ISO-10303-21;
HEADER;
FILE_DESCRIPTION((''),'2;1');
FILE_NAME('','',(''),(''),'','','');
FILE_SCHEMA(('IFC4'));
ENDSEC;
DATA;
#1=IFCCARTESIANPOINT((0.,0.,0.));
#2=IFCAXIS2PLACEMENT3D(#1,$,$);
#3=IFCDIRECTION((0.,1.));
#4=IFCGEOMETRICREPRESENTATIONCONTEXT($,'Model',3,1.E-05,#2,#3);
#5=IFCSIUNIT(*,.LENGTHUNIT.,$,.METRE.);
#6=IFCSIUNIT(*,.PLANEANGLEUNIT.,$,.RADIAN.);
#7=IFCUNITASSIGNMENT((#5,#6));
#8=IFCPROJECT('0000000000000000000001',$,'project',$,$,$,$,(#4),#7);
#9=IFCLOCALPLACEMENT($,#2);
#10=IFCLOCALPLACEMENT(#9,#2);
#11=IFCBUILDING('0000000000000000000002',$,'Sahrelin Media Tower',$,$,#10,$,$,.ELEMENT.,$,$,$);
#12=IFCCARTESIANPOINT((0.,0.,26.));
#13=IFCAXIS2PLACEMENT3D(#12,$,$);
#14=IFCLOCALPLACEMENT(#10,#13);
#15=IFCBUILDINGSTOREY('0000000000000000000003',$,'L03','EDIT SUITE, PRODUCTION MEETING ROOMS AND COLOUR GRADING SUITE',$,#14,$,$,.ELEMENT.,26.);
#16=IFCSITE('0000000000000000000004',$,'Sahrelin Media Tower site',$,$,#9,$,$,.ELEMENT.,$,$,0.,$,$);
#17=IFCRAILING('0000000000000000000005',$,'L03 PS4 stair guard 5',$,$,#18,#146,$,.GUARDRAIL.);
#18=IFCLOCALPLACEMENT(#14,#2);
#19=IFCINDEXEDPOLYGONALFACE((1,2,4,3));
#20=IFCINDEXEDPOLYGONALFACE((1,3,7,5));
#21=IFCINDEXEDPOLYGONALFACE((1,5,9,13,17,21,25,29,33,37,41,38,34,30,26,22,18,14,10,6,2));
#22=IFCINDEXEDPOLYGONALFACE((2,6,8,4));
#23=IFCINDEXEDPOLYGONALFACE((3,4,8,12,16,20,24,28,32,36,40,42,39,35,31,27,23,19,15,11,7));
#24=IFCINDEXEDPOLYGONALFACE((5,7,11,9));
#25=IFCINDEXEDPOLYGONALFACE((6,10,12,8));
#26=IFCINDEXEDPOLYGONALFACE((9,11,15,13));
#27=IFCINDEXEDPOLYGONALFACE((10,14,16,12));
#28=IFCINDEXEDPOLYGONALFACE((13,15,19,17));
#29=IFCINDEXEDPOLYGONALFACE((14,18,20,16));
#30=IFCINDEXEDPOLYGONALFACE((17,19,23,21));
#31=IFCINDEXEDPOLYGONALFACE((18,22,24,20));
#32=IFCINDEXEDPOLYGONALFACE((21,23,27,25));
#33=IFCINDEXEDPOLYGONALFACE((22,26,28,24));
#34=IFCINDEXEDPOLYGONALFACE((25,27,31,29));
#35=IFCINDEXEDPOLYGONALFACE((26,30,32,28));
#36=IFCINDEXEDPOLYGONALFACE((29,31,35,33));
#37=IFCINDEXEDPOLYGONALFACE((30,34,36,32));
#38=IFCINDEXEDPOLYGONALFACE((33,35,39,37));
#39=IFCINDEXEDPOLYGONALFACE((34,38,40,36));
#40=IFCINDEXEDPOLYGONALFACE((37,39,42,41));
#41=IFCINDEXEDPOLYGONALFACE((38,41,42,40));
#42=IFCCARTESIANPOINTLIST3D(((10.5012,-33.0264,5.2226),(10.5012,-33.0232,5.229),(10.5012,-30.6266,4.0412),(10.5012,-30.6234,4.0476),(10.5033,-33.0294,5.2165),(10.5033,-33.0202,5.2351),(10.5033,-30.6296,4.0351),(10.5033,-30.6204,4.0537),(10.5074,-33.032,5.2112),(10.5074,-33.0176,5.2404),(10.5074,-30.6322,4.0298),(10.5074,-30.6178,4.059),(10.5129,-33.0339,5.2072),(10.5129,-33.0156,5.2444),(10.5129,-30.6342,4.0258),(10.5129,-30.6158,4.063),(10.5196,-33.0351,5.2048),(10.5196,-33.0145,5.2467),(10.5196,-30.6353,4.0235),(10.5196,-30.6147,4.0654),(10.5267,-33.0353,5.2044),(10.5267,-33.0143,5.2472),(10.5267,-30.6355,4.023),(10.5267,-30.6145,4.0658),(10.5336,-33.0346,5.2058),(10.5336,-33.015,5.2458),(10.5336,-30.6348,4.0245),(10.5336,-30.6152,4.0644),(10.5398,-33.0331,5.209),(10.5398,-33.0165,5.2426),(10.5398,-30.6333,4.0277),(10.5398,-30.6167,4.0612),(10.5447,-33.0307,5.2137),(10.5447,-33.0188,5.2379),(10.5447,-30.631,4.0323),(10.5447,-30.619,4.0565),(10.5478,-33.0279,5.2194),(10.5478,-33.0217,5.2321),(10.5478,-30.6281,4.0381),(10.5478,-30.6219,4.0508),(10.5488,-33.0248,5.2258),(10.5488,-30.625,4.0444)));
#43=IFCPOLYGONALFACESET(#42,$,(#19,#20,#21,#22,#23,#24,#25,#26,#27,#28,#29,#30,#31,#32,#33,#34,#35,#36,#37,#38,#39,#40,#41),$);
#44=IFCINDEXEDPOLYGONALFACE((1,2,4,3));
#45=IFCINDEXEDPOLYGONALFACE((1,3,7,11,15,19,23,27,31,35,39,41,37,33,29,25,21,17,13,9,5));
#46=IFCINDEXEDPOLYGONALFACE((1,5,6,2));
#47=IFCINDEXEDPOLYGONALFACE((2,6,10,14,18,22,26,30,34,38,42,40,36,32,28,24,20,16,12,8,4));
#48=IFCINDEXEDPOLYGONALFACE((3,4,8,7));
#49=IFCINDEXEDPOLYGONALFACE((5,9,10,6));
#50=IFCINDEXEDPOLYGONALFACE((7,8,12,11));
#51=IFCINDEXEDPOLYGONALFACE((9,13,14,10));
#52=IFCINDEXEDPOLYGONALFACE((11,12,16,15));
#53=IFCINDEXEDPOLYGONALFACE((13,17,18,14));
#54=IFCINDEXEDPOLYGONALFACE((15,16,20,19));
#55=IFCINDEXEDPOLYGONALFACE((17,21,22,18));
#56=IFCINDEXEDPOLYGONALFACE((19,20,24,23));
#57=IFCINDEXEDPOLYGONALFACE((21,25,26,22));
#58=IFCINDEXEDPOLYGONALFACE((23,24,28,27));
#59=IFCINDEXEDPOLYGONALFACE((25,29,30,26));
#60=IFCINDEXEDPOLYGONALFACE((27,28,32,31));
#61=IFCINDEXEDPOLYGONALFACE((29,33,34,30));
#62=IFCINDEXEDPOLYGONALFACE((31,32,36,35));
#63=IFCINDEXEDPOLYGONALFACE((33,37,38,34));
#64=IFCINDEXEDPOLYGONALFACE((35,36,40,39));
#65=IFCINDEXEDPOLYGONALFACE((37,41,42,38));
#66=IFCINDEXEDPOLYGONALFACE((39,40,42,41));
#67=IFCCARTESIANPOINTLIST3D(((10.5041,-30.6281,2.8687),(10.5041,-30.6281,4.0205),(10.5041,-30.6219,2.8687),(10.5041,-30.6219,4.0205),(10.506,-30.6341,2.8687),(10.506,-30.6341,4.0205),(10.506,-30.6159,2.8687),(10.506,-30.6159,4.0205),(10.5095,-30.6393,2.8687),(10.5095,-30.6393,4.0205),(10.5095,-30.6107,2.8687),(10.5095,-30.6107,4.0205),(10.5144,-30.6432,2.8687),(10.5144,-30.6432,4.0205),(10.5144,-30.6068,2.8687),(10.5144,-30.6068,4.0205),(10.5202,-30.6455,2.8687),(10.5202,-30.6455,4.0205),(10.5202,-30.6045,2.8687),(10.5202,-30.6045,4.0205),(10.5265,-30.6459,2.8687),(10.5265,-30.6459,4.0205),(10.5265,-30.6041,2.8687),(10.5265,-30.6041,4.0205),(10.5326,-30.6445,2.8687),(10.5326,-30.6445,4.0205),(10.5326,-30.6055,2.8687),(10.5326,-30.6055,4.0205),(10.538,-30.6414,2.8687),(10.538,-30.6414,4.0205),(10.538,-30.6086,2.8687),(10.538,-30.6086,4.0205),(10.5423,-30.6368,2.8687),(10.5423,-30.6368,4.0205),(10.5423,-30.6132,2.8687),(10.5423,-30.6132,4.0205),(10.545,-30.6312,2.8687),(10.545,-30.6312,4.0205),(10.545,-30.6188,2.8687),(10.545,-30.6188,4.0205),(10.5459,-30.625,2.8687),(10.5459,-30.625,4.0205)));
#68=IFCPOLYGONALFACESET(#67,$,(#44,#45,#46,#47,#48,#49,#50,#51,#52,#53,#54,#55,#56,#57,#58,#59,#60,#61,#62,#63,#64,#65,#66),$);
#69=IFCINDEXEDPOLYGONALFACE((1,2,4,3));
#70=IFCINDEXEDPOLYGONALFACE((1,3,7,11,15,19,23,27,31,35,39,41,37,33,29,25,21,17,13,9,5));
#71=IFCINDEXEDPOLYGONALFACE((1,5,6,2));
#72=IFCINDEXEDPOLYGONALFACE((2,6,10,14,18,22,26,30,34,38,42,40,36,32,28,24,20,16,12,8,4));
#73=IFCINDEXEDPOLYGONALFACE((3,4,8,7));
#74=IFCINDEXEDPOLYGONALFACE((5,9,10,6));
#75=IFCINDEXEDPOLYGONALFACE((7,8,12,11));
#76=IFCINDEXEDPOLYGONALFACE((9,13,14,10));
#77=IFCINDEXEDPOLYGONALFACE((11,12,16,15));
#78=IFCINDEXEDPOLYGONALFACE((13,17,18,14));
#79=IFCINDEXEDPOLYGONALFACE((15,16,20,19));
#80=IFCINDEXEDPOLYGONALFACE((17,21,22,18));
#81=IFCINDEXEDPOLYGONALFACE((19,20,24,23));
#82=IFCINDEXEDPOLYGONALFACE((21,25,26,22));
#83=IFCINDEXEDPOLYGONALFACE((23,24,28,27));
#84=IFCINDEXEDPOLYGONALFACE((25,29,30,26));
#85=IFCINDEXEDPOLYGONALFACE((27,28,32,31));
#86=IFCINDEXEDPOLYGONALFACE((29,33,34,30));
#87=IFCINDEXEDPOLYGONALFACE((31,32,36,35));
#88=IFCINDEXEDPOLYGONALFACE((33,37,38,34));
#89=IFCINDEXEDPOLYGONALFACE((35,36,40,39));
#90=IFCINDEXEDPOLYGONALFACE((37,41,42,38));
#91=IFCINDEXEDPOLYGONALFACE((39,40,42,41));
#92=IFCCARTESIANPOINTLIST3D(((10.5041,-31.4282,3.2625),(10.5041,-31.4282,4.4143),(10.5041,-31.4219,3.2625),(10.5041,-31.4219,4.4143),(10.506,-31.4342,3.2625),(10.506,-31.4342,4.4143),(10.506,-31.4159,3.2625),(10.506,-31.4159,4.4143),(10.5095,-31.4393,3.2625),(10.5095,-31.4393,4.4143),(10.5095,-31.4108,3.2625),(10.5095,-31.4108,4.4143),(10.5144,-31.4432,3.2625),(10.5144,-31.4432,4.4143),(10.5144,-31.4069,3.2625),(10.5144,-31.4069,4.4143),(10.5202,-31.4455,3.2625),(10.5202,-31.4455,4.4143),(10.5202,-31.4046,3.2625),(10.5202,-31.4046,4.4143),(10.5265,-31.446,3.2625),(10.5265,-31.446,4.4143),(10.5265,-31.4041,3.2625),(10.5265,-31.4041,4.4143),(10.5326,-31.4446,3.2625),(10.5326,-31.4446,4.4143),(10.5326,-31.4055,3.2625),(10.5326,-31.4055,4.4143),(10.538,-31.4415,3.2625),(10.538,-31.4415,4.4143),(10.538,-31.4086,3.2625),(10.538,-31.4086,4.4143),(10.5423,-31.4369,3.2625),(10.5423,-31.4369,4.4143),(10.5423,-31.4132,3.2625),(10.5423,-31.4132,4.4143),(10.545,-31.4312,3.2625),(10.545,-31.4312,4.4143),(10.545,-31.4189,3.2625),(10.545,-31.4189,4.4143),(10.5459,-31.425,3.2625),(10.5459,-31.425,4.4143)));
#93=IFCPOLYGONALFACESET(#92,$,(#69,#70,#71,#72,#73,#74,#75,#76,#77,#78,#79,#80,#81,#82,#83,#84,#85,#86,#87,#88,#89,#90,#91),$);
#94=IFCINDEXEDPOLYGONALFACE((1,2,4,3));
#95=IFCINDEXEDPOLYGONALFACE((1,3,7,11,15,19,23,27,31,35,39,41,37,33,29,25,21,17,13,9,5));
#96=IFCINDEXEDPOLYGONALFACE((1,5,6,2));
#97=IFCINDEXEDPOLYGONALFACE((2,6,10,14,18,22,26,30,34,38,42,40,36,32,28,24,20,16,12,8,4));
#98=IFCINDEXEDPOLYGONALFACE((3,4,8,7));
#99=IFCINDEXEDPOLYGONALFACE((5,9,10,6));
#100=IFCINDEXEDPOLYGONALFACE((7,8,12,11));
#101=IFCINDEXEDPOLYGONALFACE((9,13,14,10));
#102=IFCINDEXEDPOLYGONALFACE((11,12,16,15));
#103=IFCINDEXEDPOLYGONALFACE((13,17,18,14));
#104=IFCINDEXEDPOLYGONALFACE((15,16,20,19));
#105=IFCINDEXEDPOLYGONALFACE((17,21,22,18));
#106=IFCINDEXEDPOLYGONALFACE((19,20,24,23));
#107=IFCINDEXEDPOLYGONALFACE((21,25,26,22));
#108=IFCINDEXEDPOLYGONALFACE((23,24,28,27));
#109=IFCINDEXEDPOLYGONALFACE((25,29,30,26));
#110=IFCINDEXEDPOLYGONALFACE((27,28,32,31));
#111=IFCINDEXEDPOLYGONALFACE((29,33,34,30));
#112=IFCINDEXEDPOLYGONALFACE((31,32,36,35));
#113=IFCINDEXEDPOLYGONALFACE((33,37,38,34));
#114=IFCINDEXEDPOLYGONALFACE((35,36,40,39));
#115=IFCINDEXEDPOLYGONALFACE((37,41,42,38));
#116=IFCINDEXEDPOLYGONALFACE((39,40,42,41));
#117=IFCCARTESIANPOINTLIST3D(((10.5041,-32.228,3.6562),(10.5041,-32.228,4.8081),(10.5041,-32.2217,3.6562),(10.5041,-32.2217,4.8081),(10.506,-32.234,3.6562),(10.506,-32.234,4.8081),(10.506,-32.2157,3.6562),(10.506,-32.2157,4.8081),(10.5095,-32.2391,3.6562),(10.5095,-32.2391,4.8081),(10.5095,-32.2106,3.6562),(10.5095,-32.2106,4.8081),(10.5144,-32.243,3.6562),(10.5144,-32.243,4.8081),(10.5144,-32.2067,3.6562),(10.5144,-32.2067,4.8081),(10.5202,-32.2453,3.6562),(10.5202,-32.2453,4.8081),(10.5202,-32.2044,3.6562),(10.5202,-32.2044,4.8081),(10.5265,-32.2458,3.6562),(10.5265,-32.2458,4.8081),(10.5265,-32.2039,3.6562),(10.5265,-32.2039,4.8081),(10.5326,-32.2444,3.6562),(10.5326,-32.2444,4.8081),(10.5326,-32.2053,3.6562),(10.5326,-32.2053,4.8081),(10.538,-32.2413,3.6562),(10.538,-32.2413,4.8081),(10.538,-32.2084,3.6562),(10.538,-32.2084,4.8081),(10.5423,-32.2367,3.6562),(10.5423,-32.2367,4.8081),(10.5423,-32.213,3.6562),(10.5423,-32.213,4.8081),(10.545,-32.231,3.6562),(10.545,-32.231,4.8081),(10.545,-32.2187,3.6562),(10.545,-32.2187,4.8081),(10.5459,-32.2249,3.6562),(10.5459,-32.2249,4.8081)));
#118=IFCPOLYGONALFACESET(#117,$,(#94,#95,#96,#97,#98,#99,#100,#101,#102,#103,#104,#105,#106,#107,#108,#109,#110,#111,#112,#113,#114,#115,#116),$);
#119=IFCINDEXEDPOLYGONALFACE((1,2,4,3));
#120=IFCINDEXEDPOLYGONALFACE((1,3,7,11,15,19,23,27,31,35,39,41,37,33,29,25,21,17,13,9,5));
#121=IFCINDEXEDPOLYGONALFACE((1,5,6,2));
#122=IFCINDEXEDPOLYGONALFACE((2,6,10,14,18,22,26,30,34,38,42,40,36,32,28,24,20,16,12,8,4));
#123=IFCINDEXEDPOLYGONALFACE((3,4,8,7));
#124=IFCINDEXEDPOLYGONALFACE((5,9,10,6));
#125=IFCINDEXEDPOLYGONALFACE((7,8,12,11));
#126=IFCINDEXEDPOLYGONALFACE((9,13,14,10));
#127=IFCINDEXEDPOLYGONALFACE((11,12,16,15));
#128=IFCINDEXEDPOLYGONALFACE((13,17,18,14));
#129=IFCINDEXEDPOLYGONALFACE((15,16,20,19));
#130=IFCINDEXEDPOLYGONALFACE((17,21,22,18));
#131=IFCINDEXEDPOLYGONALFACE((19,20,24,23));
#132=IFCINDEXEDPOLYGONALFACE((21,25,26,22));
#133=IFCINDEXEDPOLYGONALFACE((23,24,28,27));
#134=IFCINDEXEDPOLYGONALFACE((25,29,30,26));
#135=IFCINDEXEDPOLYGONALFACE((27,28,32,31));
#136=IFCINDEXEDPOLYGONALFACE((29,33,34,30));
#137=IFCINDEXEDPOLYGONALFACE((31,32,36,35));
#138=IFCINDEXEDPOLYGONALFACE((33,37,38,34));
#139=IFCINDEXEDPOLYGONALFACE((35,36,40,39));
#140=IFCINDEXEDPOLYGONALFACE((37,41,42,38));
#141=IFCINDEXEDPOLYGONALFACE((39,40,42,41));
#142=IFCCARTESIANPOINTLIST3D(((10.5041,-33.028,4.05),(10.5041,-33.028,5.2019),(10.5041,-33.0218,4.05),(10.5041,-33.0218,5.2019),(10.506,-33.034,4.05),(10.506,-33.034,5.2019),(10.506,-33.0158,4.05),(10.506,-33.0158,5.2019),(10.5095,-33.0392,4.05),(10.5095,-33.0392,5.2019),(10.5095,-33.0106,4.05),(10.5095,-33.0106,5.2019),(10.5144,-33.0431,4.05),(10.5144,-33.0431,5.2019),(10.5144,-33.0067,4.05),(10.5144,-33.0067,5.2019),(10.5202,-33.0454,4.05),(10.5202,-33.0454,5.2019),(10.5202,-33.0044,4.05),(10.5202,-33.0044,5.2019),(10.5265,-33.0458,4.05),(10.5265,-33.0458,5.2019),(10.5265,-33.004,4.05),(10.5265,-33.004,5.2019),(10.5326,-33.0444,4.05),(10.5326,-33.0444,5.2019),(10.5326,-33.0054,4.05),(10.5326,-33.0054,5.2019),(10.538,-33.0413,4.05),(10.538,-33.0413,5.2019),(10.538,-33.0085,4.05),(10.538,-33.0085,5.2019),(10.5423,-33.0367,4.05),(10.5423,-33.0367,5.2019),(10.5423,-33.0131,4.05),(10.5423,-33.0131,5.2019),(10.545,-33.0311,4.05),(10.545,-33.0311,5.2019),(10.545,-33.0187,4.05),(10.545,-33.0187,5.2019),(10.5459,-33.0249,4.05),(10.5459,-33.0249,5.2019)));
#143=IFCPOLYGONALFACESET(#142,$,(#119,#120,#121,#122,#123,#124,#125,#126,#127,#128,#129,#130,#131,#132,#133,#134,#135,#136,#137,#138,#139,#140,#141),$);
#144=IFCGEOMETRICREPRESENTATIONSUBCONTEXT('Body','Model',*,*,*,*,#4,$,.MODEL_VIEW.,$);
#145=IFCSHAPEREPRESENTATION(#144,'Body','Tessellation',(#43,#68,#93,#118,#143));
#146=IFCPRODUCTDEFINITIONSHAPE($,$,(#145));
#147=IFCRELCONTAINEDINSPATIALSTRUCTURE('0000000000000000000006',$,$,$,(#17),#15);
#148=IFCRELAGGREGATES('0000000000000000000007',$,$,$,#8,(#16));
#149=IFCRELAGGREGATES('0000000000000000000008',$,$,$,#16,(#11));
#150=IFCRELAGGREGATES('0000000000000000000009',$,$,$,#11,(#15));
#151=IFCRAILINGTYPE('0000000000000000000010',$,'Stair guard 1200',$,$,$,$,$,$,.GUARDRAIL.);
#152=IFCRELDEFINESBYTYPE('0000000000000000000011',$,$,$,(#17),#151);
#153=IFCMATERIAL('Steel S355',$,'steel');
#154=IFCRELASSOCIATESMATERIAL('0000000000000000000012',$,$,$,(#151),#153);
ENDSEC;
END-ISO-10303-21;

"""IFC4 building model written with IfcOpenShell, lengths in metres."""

from ifc_helpers import new_model, si_unit, direction, frame, origin, origin_2d, place, context, subcontext, project, spatial, circle, extrude, material, type_object, element, save


model = new_model("IFC4")

# Units and contexts
model_context = context("Model", 3, precision=1e-05, world=origin(), true_north=direction((0.0, 1.0)))
body_context = subcontext(model_context, "Body", "Model", "MODEL_VIEW")
ifc_project = project(units=[si_unit("LENGTHUNIT", "METRE"), si_unit("PLANEANGLEUNIT", "RADIAN")], contexts=[model_context])

# Site, building, storey
site_placement = place(None, origin())
site = spatial("IfcSite", under=ifc_project, at=site_placement, Name="Sahrelin Media Tower site", CompositionType="ELEMENT", RefElevation=0.0)
building_placement = place(site_placement, origin())
building = spatial("IfcBuilding", under=site, at=building_placement, Name="Sahrelin Media Tower", CompositionType="ELEMENT")
storey_placement = place(building_placement, frame((0.0, 0.0, 26.0)))
storey = spatial("IfcBuildingStorey", under=building, at=storey_placement, Name="L03", Description="EDIT SUITE, PRODUCTION MEETING ROOMS AND COLOUR GRADING SUITE", CompositionType="ELEMENT", Elevation=26.0)

# Shared definitions
ifc_material_1 = material(Name="Steel S355", Category="steel")

# Railing
railing_type_1 = type_object("IfcRailingType", Name="Stair guard 1200", PredefinedType="GUARDRAIL", material=ifc_material_1)
railing_1_placement = place(storey_placement, frame((10.5249, -30.625, 2.8687)))
element("IfcRailing", 1, at=railing_1_placement, inside=storey, type_object=railing_type_1, Name="L03 PS4 stair guard 5", PredefinedType="GUARDRAIL", context=body_context, shape_type="SweptSolid", body=[
    extrude(circle(Radius=0.0239, at=origin_2d()), frame((0.0, 0.0, 1.1758), z_axis=(0.0, -0.897185, 0.441656), x_axis=(1.0, 0.0, 0.0)), (0.0, 0.0, 1.0), 2.6748),
    extrude(circle(Radius=0.021, at=origin_2d()), origin(), (0.0, 0.0, 1.0), 1.1519),
    extrude(circle(Radius=0.021, at=origin_2d()), frame((0.0, -0.8, 0.3938)), (0.0, 0.0, 1.0), 1.1519),
    extrude(circle(Radius=0.021, at=origin_2d()), frame((0.0, -1.5999, 0.7876)), (0.0, 0.0, 1.0), 1.1519),
    extrude(circle(Radius=0.021, at=origin_2d()), frame((0.0, -2.3999, 1.1814)), (0.0, 0.0, 1.0), 1.1519),
])

save(model, "model.ifc")
